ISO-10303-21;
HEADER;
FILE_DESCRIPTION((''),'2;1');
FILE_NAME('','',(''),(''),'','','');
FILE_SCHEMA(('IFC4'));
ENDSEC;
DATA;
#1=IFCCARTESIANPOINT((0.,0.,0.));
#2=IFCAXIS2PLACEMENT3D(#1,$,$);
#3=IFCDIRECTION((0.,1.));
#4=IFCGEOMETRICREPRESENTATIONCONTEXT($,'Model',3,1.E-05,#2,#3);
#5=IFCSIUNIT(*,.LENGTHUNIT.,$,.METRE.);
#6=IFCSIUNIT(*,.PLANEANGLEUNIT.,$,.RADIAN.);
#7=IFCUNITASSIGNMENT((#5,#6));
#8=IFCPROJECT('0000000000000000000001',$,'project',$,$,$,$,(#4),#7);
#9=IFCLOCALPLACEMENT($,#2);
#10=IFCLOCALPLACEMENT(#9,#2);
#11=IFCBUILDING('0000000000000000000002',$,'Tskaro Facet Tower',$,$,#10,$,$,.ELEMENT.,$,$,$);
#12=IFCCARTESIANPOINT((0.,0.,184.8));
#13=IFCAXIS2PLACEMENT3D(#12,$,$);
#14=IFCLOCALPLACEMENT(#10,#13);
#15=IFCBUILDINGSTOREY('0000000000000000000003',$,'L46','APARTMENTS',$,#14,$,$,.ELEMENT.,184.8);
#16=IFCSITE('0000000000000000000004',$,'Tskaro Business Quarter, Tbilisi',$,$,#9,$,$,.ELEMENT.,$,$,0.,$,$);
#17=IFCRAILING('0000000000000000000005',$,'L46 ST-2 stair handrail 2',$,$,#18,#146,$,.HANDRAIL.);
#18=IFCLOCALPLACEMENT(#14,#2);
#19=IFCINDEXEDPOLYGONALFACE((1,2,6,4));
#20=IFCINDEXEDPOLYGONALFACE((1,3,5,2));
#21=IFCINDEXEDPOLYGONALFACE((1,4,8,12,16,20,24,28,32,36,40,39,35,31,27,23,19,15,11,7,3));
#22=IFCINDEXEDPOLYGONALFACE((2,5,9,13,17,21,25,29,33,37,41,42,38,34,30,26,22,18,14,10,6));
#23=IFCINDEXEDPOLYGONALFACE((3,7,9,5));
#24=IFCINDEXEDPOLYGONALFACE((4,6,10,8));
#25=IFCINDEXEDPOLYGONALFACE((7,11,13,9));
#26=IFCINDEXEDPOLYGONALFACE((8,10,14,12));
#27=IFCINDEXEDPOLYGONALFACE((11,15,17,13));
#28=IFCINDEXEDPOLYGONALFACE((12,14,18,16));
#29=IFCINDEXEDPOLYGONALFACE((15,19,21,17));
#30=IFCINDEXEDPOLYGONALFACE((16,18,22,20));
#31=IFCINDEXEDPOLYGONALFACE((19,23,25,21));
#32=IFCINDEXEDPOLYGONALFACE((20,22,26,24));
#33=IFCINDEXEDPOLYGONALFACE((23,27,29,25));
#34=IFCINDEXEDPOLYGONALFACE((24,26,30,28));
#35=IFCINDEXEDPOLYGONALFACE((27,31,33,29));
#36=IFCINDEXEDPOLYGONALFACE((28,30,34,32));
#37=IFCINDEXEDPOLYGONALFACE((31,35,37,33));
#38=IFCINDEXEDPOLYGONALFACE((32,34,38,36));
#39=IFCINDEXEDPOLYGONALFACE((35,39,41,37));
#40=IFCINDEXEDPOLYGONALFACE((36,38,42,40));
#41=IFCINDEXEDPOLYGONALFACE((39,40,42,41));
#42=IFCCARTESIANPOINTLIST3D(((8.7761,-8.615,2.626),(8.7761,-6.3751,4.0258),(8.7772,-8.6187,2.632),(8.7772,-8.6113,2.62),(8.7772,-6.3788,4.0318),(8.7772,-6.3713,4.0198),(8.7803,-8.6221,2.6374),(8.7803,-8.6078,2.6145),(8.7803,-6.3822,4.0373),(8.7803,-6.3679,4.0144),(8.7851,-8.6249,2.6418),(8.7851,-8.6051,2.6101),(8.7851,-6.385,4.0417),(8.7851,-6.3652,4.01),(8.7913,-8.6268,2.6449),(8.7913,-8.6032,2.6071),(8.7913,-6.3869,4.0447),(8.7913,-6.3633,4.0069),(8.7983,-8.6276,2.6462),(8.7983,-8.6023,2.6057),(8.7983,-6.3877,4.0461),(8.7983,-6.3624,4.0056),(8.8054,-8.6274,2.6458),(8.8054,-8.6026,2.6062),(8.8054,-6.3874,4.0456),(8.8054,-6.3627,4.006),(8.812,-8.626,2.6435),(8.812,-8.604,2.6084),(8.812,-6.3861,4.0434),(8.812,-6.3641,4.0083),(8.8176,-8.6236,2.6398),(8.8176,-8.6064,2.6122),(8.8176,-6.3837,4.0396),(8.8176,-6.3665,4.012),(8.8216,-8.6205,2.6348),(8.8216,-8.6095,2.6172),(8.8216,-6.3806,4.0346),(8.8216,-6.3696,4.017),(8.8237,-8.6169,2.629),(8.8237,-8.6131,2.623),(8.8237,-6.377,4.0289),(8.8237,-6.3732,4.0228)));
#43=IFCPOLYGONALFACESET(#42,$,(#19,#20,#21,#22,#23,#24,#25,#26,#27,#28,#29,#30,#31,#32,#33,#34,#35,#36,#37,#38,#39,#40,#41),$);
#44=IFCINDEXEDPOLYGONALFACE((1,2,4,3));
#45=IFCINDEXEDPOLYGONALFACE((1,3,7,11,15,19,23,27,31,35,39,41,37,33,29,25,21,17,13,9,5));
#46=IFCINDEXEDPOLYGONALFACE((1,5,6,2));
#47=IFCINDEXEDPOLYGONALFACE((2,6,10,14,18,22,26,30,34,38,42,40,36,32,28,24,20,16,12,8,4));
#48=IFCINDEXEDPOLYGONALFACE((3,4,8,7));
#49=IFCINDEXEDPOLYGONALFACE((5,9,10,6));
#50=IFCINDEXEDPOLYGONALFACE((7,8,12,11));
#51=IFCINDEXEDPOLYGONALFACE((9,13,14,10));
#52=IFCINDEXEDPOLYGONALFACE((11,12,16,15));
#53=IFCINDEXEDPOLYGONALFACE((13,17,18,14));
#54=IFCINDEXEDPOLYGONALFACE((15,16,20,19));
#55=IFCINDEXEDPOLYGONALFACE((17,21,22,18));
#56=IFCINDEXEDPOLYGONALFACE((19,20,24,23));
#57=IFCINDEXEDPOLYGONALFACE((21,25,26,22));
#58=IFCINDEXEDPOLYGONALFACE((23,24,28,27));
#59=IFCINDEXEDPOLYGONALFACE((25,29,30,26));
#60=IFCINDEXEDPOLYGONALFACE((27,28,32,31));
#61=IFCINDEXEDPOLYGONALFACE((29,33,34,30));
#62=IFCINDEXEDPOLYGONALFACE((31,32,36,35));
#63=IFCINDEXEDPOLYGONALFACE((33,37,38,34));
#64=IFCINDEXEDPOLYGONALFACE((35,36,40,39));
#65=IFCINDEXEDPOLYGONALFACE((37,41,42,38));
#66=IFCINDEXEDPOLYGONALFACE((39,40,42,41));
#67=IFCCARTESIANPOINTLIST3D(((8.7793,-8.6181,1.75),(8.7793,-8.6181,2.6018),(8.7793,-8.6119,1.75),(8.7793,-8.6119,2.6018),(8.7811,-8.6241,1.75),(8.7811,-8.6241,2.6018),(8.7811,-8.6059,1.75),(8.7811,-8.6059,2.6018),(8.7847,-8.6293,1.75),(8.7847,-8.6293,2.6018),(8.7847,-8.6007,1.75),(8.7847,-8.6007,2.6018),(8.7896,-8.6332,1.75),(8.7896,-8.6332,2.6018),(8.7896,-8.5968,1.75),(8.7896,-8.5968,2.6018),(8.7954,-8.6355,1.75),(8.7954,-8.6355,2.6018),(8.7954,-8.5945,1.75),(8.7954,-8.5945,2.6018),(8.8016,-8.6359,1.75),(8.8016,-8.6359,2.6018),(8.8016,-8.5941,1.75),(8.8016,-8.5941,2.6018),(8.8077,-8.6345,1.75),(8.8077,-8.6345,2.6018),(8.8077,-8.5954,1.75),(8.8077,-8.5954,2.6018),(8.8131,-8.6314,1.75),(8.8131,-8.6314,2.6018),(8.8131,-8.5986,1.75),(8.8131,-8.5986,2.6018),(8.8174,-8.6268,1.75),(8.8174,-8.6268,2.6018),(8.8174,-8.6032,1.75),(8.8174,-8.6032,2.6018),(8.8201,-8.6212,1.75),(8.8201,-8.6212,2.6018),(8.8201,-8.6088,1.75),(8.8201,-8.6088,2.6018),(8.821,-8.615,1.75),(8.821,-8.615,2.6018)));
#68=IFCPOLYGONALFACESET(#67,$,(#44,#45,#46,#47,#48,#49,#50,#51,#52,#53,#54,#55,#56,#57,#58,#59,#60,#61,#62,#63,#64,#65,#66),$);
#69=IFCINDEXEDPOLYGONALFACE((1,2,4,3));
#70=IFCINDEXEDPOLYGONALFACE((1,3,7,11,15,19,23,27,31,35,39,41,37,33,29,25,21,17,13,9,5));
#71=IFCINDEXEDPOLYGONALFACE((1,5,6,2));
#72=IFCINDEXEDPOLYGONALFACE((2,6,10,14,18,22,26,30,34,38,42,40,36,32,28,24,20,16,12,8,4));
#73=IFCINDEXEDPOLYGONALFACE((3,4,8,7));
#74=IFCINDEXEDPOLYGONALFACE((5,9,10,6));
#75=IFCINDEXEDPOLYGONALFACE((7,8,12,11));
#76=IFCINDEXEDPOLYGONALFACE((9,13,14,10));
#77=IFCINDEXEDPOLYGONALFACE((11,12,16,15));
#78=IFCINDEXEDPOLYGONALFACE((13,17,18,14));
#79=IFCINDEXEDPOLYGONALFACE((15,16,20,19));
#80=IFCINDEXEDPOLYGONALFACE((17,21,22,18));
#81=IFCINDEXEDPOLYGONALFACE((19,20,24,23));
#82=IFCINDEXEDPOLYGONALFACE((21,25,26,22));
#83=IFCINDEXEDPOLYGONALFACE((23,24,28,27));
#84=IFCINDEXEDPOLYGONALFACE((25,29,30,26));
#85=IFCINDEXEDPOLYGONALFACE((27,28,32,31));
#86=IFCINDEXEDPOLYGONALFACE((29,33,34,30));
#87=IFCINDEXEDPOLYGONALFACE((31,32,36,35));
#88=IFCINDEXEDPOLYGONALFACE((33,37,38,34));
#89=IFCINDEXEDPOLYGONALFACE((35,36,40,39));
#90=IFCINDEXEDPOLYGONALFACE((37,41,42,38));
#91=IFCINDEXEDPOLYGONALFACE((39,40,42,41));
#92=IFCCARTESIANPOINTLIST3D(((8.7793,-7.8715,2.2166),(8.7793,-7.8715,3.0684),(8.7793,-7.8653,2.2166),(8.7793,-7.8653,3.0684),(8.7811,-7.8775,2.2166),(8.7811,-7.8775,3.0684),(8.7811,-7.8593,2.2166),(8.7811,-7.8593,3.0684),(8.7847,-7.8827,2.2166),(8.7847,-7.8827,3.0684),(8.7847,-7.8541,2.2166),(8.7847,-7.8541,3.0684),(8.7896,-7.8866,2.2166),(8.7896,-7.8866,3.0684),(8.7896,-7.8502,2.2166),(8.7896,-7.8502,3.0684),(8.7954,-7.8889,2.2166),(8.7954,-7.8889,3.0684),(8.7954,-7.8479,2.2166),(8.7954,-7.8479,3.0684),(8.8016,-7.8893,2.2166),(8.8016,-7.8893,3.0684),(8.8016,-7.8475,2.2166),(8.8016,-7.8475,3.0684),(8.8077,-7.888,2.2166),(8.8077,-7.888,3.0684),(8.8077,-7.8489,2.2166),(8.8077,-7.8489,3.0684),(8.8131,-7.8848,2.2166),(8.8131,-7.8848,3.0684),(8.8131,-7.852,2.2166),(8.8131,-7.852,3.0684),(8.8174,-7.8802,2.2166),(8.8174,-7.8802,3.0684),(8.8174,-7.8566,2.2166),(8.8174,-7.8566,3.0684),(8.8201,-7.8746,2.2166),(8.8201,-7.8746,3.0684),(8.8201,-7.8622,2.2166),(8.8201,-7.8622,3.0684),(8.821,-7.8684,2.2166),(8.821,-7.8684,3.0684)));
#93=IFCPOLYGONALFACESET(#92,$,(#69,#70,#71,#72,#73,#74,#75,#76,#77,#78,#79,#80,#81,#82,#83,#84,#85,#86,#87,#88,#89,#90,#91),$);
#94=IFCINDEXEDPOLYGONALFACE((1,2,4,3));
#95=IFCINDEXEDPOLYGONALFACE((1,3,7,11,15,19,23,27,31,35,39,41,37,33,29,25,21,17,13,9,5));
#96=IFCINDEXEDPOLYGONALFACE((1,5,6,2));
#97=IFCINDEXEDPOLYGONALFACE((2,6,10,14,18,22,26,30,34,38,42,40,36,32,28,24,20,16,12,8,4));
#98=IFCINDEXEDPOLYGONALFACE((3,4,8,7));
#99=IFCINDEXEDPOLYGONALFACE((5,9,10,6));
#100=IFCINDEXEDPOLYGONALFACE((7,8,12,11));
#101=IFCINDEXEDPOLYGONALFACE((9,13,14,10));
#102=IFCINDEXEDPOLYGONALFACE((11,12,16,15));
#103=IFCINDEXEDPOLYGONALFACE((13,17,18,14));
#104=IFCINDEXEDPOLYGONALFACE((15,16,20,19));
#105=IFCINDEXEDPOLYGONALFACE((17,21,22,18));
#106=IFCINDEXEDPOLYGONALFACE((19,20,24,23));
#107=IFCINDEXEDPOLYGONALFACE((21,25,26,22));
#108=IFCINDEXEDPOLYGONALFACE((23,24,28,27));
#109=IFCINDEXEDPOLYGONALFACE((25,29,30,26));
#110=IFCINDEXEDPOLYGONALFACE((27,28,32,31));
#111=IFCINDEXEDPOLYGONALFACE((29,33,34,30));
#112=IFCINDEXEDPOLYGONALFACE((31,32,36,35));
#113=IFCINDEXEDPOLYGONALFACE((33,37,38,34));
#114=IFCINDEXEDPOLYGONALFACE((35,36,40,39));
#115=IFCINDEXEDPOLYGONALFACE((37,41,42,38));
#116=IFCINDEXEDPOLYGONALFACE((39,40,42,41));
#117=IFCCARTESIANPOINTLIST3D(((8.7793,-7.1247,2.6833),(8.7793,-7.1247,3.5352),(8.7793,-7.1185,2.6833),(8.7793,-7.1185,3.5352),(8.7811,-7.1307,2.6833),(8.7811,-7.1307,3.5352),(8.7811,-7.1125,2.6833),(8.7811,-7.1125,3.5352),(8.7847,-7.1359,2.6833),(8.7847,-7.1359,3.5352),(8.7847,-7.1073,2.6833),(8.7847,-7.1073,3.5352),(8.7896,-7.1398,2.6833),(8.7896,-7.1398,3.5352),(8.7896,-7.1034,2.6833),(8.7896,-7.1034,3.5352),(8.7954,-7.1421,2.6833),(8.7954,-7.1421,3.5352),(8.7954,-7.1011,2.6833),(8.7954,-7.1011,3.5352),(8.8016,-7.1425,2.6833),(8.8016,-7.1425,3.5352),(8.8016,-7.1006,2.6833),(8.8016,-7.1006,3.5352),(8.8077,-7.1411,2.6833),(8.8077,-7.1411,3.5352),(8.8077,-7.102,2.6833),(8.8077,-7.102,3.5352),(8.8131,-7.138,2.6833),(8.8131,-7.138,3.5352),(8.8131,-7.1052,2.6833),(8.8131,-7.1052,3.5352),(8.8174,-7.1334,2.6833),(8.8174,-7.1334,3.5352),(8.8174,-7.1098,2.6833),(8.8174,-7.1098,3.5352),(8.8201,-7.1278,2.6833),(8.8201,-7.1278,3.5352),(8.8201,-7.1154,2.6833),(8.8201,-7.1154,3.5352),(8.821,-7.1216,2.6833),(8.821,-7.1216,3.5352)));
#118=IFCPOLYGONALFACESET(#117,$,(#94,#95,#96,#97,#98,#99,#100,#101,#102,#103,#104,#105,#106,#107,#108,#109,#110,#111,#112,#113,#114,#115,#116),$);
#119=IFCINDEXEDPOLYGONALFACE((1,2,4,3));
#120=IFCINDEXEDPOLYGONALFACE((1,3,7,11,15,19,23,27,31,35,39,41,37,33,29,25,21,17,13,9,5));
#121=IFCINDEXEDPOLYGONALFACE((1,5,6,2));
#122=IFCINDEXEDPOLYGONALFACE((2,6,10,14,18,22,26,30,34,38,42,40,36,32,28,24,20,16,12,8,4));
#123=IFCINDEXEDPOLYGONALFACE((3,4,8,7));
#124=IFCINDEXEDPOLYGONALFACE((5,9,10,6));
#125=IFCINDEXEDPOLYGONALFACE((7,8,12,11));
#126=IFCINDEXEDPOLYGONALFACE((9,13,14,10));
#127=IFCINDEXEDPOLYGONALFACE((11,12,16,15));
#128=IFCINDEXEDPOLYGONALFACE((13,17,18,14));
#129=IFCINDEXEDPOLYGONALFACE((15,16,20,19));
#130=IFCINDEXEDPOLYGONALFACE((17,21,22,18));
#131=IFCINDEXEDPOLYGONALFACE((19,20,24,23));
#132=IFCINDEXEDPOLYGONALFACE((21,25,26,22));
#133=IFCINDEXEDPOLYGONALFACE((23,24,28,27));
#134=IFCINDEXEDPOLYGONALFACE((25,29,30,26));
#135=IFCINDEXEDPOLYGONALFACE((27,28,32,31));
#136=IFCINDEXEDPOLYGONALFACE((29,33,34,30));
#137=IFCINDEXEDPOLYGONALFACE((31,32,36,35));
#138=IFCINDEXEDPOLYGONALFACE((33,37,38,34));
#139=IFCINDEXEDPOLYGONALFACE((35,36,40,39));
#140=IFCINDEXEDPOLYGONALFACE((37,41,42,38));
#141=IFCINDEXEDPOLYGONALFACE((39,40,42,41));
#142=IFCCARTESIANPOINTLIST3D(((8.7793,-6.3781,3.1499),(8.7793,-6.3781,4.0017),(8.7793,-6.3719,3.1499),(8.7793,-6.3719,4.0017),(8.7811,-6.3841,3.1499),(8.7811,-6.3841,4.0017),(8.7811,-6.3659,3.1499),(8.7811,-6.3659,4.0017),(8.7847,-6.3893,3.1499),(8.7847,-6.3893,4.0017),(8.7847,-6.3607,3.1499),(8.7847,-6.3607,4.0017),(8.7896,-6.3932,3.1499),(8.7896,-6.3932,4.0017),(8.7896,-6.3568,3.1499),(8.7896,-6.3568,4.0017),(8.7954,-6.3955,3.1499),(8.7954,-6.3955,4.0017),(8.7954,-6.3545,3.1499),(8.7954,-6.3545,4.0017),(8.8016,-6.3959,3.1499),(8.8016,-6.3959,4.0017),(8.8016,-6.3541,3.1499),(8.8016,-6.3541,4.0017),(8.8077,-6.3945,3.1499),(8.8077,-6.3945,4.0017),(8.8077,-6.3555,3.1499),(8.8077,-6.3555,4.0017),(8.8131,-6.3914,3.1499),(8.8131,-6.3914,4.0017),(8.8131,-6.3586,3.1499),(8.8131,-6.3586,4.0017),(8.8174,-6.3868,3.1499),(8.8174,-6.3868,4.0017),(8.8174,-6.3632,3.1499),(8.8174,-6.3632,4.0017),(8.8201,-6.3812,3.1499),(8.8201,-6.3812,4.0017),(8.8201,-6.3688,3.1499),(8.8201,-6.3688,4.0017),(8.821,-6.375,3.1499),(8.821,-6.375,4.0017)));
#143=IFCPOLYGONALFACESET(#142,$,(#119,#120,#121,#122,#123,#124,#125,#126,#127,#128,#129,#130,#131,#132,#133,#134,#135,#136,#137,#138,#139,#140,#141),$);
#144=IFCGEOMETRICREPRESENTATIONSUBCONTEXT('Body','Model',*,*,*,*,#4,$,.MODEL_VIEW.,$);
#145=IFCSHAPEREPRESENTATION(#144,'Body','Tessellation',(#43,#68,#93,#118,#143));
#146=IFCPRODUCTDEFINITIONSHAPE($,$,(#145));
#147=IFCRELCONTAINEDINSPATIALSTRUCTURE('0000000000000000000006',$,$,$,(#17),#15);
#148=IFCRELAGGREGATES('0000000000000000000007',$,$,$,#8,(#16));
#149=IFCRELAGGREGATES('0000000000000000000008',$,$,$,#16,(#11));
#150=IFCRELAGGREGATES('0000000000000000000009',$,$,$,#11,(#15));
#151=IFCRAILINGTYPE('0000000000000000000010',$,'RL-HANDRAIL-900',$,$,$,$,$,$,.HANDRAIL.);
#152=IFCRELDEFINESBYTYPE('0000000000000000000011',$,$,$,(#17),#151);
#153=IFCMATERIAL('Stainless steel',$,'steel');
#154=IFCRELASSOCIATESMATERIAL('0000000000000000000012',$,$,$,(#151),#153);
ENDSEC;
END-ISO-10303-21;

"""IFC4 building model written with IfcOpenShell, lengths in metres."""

from ifc_helpers import new_model, si_unit, direction, frame, origin, origin_2d, place, context, subcontext, project, spatial, circle, extrude, material, type_object, element, save


model = new_model("IFC4")

# Units and contexts
model_context = context("Model", 3, precision=1e-05, world=origin(), true_north=direction((0.0, 1.0)))
body_context = subcontext(model_context, "Body", "Model", "MODEL_VIEW")
ifc_project = project(units=[si_unit("LENGTHUNIT", "METRE"), si_unit("PLANEANGLEUNIT", "RADIAN")], contexts=[model_context])

# Site, building, storey
site_placement = place(None, origin())
site = spatial("IfcSite", under=ifc_project, at=site_placement, Name="Tskaro Business Quarter, Tbilisi", CompositionType="ELEMENT", RefElevation=0.0)
building_placement = place(site_placement, origin())
building = spatial("IfcBuilding", under=site, at=building_placement, Name="Tskaro Facet Tower", CompositionType="ELEMENT")
storey_placement = place(building_placement, frame((0.0, 0.0, 184.8)))
storey = spatial("IfcBuildingStorey", under=building, at=storey_placement, Name="L46", Description="APARTMENTS", CompositionType="ELEMENT", Elevation=184.8)

# Railing
ifc_material_1 = material(Name="Stainless steel", Category="steel")
railing_type = type_object("IfcRailingType", Name="RL-HANDRAIL-900", PredefinedType="HANDRAIL", material=ifc_material_1)
railing_placement = place(storey_placement, frame((8.8, -8.615, 1.75)))
element("IfcRailing", 1, at=railing_placement, inside=storey, type_object=railing_type, Name="L46 ST-2 stair handrail 2", PredefinedType="HANDRAIL", context=body_context, shape_type="SweptSolid", body=[
    extrude(circle(Radius=0.0239, at=origin_2d()), frame((0.0, 0.0, 0.876), z_axis=(0.0, 0.848014, 0.529974), x_axis=(-1.0, 0.0, 0.0)), (0.0, 0.0, 1.0), 2.6414),
    extrude(circle(Radius=0.021, at=origin_2d()), origin(), (0.0, 0.0, 1.0), 0.8518),
    extrude(circle(Radius=0.021, at=origin_2d()), frame((0.0, 0.7466, 0.4666)), (0.0, 0.0, 1.0), 0.8518),
    extrude(circle(Radius=0.021, at=origin_2d()), frame((0.0, 1.4934, 0.9333)), (0.0, 0.0, 1.0), 0.8518),
    extrude(circle(Radius=0.021, at=origin_2d()), frame((0.0, 2.24, 1.3999)), (0.0, 0.0, 1.0), 0.8518),
])

save(model, "model.ifc")
